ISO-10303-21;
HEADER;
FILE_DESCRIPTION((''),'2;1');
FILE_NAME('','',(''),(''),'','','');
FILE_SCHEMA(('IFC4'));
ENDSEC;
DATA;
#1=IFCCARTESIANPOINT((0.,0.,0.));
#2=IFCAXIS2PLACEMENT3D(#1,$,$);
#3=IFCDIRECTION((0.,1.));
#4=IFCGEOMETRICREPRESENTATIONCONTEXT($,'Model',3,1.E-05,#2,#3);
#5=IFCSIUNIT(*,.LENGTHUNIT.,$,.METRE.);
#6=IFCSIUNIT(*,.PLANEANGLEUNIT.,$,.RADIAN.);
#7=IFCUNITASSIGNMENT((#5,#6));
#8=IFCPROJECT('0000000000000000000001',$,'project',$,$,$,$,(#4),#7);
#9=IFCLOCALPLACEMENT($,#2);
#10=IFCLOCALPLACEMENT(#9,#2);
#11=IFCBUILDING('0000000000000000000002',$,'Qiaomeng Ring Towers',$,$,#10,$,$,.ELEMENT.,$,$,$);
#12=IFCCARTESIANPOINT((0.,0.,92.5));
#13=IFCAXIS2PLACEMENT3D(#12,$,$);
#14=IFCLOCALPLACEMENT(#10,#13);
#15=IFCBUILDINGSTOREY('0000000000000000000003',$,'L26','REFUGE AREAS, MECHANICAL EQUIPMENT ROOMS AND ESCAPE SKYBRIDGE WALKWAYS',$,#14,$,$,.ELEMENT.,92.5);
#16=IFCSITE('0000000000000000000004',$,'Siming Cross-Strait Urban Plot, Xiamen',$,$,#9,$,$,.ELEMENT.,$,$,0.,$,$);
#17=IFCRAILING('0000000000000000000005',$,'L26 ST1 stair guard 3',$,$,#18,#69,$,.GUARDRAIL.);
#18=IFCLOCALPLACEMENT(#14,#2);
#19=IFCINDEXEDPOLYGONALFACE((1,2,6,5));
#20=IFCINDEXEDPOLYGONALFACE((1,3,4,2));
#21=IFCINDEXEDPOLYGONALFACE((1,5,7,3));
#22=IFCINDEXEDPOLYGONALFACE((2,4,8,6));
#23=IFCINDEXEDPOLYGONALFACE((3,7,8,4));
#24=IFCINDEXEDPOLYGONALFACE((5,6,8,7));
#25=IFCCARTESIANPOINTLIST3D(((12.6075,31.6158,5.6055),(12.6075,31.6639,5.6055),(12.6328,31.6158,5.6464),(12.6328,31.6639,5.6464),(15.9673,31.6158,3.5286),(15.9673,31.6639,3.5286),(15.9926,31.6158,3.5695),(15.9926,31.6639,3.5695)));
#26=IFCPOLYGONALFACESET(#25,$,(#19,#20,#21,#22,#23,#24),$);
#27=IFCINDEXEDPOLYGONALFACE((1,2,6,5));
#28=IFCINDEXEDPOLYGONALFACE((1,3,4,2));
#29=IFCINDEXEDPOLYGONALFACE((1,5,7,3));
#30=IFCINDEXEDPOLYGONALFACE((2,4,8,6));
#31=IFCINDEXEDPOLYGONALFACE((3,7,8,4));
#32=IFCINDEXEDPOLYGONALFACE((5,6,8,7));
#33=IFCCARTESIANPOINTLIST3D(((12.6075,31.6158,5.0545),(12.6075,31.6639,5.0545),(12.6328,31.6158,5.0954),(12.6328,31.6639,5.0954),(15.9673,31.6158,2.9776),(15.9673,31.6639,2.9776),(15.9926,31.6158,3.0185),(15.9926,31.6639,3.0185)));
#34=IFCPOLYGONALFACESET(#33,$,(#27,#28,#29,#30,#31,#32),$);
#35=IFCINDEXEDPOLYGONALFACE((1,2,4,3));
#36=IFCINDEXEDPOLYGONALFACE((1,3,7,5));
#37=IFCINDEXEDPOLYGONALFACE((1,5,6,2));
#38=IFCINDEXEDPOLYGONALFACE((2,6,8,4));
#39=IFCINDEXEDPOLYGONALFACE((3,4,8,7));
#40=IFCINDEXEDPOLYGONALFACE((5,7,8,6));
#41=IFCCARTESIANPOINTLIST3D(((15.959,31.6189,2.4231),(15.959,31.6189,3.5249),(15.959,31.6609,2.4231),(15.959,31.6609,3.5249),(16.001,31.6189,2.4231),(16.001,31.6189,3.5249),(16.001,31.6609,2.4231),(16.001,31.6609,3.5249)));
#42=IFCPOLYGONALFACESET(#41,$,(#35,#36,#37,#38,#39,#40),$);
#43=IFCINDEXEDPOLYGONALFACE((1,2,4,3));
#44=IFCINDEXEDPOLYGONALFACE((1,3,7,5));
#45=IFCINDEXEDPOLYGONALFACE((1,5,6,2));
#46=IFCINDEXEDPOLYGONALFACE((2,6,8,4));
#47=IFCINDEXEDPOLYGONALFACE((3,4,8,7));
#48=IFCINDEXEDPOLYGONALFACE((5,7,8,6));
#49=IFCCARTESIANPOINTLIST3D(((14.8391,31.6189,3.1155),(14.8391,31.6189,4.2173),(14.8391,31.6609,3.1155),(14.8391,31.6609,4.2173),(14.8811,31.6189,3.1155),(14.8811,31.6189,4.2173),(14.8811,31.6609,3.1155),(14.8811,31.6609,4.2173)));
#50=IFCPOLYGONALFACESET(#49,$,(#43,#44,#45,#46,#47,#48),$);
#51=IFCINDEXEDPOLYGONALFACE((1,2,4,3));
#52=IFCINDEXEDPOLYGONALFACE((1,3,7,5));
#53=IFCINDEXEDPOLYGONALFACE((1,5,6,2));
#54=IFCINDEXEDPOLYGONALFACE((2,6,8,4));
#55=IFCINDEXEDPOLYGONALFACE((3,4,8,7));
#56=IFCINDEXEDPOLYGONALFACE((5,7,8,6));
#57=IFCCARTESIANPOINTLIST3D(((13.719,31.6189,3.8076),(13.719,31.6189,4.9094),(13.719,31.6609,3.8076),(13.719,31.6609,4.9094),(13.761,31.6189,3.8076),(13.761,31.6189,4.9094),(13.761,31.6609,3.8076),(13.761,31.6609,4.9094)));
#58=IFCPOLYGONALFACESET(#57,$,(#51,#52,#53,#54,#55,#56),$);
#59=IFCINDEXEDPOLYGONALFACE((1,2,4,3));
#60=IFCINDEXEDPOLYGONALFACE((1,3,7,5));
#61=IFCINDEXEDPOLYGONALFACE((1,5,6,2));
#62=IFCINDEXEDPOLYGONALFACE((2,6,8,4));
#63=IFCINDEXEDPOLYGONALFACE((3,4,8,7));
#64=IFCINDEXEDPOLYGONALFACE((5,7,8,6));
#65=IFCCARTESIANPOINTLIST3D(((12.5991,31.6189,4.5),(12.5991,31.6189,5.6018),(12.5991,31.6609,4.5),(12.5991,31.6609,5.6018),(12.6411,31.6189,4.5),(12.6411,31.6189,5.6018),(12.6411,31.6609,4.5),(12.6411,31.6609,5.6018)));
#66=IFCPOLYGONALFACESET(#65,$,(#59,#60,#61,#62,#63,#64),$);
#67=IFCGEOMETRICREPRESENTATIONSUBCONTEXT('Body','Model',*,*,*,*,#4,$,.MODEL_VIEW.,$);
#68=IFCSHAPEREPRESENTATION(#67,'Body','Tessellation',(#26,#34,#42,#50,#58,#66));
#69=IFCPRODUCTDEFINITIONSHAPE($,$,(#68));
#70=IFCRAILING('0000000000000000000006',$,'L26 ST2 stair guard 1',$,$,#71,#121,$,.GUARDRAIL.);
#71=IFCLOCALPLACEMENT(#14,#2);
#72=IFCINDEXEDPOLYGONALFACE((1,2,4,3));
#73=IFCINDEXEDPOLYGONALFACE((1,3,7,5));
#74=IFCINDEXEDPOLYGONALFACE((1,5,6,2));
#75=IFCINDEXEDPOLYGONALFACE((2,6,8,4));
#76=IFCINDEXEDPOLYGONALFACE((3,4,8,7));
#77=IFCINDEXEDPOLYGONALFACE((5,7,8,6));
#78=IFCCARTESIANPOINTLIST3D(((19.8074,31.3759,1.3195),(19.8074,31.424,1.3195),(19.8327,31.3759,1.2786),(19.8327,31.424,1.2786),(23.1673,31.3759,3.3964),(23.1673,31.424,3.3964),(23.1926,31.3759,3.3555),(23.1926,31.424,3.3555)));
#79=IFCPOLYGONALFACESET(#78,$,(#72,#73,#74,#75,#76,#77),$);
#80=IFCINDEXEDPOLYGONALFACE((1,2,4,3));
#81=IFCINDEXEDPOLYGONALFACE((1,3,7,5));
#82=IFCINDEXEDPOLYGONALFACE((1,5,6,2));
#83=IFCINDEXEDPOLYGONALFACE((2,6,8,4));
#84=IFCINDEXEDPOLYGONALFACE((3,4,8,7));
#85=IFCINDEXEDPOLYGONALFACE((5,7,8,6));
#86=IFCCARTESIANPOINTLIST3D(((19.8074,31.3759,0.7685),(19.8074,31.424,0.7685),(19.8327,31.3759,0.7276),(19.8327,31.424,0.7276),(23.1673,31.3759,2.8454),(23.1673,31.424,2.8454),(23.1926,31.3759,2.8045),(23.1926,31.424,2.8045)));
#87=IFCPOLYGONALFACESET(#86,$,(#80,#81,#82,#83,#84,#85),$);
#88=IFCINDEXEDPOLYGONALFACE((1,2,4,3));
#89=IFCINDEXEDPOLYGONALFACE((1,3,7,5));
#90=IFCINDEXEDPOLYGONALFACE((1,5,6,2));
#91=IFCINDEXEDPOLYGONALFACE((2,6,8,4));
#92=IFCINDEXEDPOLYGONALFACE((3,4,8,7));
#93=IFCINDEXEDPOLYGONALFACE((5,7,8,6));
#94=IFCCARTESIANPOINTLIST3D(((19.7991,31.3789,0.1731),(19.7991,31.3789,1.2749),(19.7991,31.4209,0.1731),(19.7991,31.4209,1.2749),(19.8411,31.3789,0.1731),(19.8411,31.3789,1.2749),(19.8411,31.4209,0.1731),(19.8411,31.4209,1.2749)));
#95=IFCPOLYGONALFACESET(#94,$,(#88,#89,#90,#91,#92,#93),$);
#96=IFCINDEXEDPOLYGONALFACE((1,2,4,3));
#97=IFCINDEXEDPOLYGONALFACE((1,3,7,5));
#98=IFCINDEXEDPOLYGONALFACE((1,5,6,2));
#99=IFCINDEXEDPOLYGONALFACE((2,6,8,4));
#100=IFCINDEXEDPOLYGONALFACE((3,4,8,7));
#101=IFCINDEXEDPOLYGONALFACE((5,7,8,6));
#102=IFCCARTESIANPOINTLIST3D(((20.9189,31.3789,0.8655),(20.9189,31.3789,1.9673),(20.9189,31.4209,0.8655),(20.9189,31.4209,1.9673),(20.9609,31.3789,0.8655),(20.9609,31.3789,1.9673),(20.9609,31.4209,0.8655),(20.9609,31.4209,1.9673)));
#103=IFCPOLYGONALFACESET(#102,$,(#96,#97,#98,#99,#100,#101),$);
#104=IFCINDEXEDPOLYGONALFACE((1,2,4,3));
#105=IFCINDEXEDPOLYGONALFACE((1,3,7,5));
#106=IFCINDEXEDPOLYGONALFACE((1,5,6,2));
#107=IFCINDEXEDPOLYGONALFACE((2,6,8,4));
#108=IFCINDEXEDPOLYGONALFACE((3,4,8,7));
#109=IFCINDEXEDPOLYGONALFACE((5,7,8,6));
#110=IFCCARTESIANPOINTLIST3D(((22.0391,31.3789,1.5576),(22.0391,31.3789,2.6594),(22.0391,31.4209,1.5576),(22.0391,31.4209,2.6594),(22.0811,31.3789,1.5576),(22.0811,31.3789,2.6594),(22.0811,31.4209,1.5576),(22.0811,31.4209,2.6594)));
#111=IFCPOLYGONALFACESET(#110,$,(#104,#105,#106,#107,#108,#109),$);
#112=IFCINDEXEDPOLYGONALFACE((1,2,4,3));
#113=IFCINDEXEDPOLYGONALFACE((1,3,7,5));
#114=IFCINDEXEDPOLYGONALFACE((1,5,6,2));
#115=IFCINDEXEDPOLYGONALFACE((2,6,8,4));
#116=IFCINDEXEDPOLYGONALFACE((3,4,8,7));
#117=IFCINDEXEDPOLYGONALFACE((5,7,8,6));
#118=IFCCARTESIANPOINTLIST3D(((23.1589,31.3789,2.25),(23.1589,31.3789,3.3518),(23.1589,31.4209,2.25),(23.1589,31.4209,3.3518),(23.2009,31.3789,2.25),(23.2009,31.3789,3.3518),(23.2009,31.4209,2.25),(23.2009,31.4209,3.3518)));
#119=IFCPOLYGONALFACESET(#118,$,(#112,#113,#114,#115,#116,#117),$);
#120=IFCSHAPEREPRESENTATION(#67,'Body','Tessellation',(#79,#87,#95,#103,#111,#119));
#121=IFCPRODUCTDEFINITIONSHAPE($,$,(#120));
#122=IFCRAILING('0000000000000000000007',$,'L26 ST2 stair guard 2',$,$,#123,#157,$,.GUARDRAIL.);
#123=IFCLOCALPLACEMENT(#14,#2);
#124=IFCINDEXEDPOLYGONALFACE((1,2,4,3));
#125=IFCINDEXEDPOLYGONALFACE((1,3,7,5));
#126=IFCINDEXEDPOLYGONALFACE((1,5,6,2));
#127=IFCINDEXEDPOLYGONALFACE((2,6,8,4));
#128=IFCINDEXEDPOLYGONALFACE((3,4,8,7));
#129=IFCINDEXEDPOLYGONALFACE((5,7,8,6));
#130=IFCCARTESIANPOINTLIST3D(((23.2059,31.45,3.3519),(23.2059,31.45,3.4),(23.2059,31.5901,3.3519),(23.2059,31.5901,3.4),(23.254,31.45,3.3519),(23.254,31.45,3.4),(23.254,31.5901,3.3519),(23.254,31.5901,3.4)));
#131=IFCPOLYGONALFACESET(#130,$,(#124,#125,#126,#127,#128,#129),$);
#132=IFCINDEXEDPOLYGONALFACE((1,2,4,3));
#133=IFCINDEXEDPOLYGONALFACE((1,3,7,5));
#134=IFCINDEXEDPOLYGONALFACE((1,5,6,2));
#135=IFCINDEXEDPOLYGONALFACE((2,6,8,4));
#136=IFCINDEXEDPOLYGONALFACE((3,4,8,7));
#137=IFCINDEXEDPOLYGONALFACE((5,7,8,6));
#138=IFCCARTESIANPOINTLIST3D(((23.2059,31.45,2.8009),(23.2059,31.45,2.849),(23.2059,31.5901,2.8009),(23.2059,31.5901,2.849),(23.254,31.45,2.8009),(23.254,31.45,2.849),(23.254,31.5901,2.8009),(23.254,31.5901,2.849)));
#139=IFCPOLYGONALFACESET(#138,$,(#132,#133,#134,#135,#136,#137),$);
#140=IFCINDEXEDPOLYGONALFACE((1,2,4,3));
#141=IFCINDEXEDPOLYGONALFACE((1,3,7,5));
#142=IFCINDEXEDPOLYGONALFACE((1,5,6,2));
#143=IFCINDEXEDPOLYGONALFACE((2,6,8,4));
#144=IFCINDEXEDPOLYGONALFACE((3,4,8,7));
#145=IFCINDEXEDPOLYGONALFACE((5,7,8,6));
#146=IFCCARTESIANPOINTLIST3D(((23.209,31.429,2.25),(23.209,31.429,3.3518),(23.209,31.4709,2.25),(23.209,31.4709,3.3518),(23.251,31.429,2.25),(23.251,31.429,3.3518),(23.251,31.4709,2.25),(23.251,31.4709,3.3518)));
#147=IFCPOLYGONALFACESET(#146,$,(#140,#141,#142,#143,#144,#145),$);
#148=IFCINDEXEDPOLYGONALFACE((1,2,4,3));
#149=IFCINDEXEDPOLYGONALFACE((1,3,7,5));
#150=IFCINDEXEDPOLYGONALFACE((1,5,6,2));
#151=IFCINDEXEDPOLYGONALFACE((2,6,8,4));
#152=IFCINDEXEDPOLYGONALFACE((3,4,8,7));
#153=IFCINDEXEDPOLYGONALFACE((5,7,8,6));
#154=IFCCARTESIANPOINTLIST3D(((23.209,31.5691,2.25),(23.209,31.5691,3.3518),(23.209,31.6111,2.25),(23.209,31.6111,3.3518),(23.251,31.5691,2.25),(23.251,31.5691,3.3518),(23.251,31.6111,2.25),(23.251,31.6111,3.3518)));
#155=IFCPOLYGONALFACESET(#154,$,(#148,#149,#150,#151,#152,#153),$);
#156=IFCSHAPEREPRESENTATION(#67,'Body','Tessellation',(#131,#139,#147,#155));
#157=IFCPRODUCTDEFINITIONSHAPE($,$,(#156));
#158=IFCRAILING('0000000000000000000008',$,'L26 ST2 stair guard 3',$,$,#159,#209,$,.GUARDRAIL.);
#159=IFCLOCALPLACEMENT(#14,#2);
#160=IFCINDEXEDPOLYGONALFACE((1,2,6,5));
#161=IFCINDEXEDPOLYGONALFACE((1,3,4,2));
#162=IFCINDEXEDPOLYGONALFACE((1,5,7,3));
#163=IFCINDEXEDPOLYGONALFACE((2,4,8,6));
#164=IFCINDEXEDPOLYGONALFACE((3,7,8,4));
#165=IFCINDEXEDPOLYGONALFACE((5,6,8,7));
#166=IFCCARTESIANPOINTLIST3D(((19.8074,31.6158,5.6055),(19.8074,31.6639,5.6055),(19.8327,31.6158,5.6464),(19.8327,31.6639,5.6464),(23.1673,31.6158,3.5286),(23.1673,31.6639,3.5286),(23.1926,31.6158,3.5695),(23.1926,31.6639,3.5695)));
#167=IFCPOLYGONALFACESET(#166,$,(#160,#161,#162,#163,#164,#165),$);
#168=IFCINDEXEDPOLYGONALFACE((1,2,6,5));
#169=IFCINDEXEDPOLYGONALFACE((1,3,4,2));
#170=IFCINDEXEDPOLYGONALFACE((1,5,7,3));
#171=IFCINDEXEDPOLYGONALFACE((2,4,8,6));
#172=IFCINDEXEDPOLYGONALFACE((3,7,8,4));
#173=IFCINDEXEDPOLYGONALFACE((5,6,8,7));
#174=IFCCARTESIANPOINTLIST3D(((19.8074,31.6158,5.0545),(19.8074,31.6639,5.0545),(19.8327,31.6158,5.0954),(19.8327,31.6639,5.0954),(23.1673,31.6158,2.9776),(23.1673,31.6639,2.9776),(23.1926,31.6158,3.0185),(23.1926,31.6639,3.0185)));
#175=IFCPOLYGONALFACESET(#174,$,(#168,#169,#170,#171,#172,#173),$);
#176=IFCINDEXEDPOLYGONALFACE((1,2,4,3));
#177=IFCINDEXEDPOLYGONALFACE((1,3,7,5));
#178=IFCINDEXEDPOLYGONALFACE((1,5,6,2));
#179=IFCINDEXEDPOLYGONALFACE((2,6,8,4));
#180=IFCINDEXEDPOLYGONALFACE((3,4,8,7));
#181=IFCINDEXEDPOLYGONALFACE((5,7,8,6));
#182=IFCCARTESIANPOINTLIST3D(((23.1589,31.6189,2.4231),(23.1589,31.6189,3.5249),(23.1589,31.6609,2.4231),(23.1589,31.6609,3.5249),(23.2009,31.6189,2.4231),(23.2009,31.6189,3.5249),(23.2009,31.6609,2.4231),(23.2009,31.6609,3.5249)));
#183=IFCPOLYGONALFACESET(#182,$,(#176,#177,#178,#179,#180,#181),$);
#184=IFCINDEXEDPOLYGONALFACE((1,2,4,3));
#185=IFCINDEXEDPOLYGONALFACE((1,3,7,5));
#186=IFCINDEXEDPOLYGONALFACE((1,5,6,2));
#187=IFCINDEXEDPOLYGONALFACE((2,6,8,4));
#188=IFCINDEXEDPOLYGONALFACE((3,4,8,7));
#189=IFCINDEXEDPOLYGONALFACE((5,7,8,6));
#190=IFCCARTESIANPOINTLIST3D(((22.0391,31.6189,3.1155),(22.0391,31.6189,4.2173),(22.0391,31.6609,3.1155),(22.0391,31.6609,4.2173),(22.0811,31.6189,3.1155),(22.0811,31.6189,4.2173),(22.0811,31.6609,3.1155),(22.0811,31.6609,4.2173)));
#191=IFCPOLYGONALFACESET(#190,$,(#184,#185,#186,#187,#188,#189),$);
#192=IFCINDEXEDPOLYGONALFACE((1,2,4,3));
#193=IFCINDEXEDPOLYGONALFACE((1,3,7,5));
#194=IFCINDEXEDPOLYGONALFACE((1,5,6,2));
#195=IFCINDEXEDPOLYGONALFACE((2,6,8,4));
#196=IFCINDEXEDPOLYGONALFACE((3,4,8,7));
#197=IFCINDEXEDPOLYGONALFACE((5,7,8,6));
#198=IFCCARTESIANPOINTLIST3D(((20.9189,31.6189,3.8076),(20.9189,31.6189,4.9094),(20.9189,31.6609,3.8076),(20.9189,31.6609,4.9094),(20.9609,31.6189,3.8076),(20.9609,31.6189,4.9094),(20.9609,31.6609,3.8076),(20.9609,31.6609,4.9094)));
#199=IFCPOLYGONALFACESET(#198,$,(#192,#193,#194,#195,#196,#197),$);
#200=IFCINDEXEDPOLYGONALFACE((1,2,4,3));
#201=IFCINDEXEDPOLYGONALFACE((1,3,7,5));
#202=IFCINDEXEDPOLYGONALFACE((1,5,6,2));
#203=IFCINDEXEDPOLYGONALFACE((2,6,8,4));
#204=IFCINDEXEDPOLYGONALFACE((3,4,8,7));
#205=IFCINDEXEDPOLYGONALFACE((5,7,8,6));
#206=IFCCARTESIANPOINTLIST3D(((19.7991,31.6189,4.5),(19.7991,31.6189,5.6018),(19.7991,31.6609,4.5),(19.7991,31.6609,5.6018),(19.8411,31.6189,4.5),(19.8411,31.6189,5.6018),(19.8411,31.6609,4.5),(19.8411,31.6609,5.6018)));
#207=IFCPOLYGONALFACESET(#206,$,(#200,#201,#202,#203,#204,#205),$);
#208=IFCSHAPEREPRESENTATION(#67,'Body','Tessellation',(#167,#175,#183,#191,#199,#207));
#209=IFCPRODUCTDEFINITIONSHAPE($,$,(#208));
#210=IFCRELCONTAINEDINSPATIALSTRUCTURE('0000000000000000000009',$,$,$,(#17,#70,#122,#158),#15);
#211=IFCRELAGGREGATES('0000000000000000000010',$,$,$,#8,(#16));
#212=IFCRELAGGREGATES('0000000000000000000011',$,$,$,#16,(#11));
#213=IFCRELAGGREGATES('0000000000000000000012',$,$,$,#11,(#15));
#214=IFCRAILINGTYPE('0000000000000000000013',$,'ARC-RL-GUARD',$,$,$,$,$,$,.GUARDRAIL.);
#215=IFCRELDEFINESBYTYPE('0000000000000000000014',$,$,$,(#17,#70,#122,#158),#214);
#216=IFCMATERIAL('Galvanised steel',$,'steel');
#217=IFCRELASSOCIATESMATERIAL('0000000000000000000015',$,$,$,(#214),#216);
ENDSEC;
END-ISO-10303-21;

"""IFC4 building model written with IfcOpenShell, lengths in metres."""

from ifc_helpers import new_model, si_unit, direction, frame, origin, origin_2d, place, context, subcontext, project, spatial, rectangle, extrude, material, type_object, element, save


model = new_model("IFC4")

# Units and contexts
model_context = context("Model", 3, precision=1e-05, world=origin(), true_north=direction((0.0, 1.0)))
body_context = subcontext(model_context, "Body", "Model", "MODEL_VIEW")
ifc_project = project(units=[si_unit("LENGTHUNIT", "METRE"), si_unit("PLANEANGLEUNIT", "RADIAN")], contexts=[model_context])

# Site, building, storey
site_placement = place(None, origin())
site = spatial("IfcSite", under=ifc_project, at=site_placement, Name="Siming Cross-Strait Urban Plot, Xiamen", CompositionType="ELEMENT", RefElevation=0.0)
building_placement = place(site_placement, origin())
building = spatial("IfcBuilding", under=site, at=building_placement, Name="Qiaomeng Ring Towers", CompositionType="ELEMENT")
storey_placement = place(building_placement, frame((0.0, 0.0, 92.5)))
storey = spatial("IfcBuildingStorey", under=building, at=storey_placement, Name="L26", Description="REFUGE AREAS, MECHANICAL EQUIPMENT ROOMS AND ESCAPE SKYBRIDGE WALKWAYS", CompositionType="ELEMENT", Elevation=92.5)

# Shared definitions
ifc_material_1 = material(Name="Galvanised steel", Category="steel")

# Railings
railing_type_1 = type_object("IfcRailingType", Name="ARC-RL-GUARD", PredefinedType="GUARDRAIL", material=ifc_material_1)
railing_1_placement = place(storey_placement, frame((15.98, 31.6399, 2.4231)))
element("IfcRailing", 1, at=railing_1_placement, inside=storey, type_object=railing_type_1, Name="L26 ST1 stair guard 3", PredefinedType="GUARDRAIL", context=body_context, shape_type="SweptSolid", body=[
    extrude(rectangle(XDim=0.0481, YDim=0.0481, at=origin_2d()), frame((0.0, 0.0, 1.126), z_axis=(-0.850606, 0.0, 0.525803), x_axis=(0.0, -1.0, 0.0)), (0.0, 0.0, 1.0), 3.95),
    extrude(rectangle(XDim=0.0481, YDim=0.0481, at=origin_2d()), frame((0.0, 0.0, 0.575), z_axis=(-0.850606, 0.0, 0.525803), x_axis=(0.0, -1.0, 0.0)), (0.0, 0.0, 1.0), 3.95),
    extrude(rectangle(XDim=0.042, YDim=0.042, at=origin_2d()), origin(), (0.0, 0.0, 1.0), 1.1018),
    extrude(rectangle(XDim=0.042, YDim=0.042, at=origin_2d()), frame((-1.1199, 0.0, 0.6924)), (0.0, 0.0, 1.0), 1.1018),
    extrude(rectangle(XDim=0.042, YDim=0.042, at=origin_2d()), frame((-2.24, 0.0, 1.3845)), (0.0, 0.0, 1.0), 1.1018),
    extrude(rectangle(XDim=0.042, YDim=0.042, at=origin_2d()), frame((-3.3599, 0.0, 2.0769)), (0.0, 0.0, 1.0), 1.1018),
])
railing_2_placement = place(storey_placement, frame((19.8201, 31.3999, 0.1731)))
element("IfcRailing", 2, at=railing_2_placement, inside=storey, type_object=railing_type_1, Name="L26 ST2 stair guard 1", PredefinedType="GUARDRAIL", context=body_context, shape_type="SweptSolid", body=[
    extrude(rectangle(XDim=0.0481, YDim=0.0481, at=origin_2d()), frame((0.0, 0.0, 1.126), z_axis=(0.850606, 0.0, 0.525803), x_axis=(0.0, 1.0, 0.0)), (0.0, 0.0, 1.0), 3.95),
    extrude(rectangle(XDim=0.0481, YDim=0.0481, at=origin_2d()), frame((0.0, 0.0, 0.575), z_axis=(0.850606, 0.0, 0.525803), x_axis=(0.0, 1.0, 0.0)), (0.0, 0.0, 1.0), 3.95),
    extrude(rectangle(XDim=0.042, YDim=0.042, at=origin_2d()), origin(), (0.0, 0.0, 1.0), 1.1018),
    extrude(rectangle(XDim=0.042, YDim=0.042, at=origin_2d()), frame((1.1199, 0.0, 0.6924)), (0.0, 0.0, 1.0), 1.1018),
    extrude(rectangle(XDim=0.042, YDim=0.042, at=origin_2d()), frame((2.24, 0.0, 1.3845)), (0.0, 0.0, 1.0), 1.1018),
    extrude(rectangle(XDim=0.042, YDim=0.042, at=origin_2d()), frame((3.3599, 0.0, 2.0769)), (0.0, 0.0, 1.0), 1.1018),
])
railing_3_placement = place(storey_placement, frame((23.23, 31.45, 2.25)))
element("IfcRailing", 3, at=railing_3_placement, inside=storey, type_object=railing_type_1, Name="L26 ST2 stair guard 2", PredefinedType="GUARDRAIL", context=body_context, shape_type="SweptSolid", body=[
    extrude(rectangle(XDim=0.0481, YDim=0.0481, at=origin_2d()), frame((0.0, 0.0, 1.126), z_axis=(0.0, 1.0, 0.0), x_axis=(-1.0, 0.0, 0.0)), (0.0, 0.0, 1.0), 0.1401),
    extrude(rectangle(XDim=0.0481, YDim=0.0481, at=origin_2d()), frame((0.0, 0.0, 0.575), z_axis=(0.0, 1.0, 0.0), x_axis=(-1.0, 0.0, 0.0)), (0.0, 0.0, 1.0), 0.1401),
    extrude(rectangle(XDim=0.042, YDim=0.042, at=origin_2d()), origin(), (0.0, 0.0, 1.0), 1.1018),
    extrude(rectangle(XDim=0.042, YDim=0.042, at=origin_2d()), frame((0.0, 0.1401, 0.0)), (0.0, 0.0, 1.0), 1.1018),
])
railing_4_placement = place(storey_placement, frame((23.1799, 31.6399, 2.4231)))
element("IfcRailing", 4, at=railing_4_placement, inside=storey, type_object=railing_type_1, Name="L26 ST2 stair guard 3", PredefinedType="GUARDRAIL", context=body_context, shape_type="SweptSolid", body=[
    extrude(rectangle(XDim=0.0481, YDim=0.0481, at=origin_2d()), frame((0.0, 0.0, 1.126), z_axis=(-0.850606, 0.0, 0.525803), x_axis=(0.0, -1.0, 0.0)), (0.0, 0.0, 1.0), 3.95),
    extrude(rectangle(XDim=0.0481, YDim=0.0481, at=origin_2d()), frame((0.0, 0.0, 0.575), z_axis=(-0.850606, 0.0, 0.525803), x_axis=(0.0, -1.0, 0.0)), (0.0, 0.0, 1.0), 3.95),
    extrude(rectangle(XDim=0.042, YDim=0.042, at=origin_2d()), origin(), (0.0, 0.0, 1.0), 1.1018),
    extrude(rectangle(XDim=0.042, YDim=0.042, at=origin_2d()), frame((-1.1199, 0.0, 0.6924)), (0.0, 0.0, 1.0), 1.1018),
    extrude(rectangle(XDim=0.042, YDim=0.042, at=origin_2d()), frame((-2.24, 0.0, 1.3845)), (0.0, 0.0, 1.0), 1.1018),
    extrude(rectangle(XDim=0.042, YDim=0.042, at=origin_2d()), frame((-3.3599, 0.0, 2.0769)), (0.0, 0.0, 1.0), 1.1018),
])

save(model, "model.ifc")
